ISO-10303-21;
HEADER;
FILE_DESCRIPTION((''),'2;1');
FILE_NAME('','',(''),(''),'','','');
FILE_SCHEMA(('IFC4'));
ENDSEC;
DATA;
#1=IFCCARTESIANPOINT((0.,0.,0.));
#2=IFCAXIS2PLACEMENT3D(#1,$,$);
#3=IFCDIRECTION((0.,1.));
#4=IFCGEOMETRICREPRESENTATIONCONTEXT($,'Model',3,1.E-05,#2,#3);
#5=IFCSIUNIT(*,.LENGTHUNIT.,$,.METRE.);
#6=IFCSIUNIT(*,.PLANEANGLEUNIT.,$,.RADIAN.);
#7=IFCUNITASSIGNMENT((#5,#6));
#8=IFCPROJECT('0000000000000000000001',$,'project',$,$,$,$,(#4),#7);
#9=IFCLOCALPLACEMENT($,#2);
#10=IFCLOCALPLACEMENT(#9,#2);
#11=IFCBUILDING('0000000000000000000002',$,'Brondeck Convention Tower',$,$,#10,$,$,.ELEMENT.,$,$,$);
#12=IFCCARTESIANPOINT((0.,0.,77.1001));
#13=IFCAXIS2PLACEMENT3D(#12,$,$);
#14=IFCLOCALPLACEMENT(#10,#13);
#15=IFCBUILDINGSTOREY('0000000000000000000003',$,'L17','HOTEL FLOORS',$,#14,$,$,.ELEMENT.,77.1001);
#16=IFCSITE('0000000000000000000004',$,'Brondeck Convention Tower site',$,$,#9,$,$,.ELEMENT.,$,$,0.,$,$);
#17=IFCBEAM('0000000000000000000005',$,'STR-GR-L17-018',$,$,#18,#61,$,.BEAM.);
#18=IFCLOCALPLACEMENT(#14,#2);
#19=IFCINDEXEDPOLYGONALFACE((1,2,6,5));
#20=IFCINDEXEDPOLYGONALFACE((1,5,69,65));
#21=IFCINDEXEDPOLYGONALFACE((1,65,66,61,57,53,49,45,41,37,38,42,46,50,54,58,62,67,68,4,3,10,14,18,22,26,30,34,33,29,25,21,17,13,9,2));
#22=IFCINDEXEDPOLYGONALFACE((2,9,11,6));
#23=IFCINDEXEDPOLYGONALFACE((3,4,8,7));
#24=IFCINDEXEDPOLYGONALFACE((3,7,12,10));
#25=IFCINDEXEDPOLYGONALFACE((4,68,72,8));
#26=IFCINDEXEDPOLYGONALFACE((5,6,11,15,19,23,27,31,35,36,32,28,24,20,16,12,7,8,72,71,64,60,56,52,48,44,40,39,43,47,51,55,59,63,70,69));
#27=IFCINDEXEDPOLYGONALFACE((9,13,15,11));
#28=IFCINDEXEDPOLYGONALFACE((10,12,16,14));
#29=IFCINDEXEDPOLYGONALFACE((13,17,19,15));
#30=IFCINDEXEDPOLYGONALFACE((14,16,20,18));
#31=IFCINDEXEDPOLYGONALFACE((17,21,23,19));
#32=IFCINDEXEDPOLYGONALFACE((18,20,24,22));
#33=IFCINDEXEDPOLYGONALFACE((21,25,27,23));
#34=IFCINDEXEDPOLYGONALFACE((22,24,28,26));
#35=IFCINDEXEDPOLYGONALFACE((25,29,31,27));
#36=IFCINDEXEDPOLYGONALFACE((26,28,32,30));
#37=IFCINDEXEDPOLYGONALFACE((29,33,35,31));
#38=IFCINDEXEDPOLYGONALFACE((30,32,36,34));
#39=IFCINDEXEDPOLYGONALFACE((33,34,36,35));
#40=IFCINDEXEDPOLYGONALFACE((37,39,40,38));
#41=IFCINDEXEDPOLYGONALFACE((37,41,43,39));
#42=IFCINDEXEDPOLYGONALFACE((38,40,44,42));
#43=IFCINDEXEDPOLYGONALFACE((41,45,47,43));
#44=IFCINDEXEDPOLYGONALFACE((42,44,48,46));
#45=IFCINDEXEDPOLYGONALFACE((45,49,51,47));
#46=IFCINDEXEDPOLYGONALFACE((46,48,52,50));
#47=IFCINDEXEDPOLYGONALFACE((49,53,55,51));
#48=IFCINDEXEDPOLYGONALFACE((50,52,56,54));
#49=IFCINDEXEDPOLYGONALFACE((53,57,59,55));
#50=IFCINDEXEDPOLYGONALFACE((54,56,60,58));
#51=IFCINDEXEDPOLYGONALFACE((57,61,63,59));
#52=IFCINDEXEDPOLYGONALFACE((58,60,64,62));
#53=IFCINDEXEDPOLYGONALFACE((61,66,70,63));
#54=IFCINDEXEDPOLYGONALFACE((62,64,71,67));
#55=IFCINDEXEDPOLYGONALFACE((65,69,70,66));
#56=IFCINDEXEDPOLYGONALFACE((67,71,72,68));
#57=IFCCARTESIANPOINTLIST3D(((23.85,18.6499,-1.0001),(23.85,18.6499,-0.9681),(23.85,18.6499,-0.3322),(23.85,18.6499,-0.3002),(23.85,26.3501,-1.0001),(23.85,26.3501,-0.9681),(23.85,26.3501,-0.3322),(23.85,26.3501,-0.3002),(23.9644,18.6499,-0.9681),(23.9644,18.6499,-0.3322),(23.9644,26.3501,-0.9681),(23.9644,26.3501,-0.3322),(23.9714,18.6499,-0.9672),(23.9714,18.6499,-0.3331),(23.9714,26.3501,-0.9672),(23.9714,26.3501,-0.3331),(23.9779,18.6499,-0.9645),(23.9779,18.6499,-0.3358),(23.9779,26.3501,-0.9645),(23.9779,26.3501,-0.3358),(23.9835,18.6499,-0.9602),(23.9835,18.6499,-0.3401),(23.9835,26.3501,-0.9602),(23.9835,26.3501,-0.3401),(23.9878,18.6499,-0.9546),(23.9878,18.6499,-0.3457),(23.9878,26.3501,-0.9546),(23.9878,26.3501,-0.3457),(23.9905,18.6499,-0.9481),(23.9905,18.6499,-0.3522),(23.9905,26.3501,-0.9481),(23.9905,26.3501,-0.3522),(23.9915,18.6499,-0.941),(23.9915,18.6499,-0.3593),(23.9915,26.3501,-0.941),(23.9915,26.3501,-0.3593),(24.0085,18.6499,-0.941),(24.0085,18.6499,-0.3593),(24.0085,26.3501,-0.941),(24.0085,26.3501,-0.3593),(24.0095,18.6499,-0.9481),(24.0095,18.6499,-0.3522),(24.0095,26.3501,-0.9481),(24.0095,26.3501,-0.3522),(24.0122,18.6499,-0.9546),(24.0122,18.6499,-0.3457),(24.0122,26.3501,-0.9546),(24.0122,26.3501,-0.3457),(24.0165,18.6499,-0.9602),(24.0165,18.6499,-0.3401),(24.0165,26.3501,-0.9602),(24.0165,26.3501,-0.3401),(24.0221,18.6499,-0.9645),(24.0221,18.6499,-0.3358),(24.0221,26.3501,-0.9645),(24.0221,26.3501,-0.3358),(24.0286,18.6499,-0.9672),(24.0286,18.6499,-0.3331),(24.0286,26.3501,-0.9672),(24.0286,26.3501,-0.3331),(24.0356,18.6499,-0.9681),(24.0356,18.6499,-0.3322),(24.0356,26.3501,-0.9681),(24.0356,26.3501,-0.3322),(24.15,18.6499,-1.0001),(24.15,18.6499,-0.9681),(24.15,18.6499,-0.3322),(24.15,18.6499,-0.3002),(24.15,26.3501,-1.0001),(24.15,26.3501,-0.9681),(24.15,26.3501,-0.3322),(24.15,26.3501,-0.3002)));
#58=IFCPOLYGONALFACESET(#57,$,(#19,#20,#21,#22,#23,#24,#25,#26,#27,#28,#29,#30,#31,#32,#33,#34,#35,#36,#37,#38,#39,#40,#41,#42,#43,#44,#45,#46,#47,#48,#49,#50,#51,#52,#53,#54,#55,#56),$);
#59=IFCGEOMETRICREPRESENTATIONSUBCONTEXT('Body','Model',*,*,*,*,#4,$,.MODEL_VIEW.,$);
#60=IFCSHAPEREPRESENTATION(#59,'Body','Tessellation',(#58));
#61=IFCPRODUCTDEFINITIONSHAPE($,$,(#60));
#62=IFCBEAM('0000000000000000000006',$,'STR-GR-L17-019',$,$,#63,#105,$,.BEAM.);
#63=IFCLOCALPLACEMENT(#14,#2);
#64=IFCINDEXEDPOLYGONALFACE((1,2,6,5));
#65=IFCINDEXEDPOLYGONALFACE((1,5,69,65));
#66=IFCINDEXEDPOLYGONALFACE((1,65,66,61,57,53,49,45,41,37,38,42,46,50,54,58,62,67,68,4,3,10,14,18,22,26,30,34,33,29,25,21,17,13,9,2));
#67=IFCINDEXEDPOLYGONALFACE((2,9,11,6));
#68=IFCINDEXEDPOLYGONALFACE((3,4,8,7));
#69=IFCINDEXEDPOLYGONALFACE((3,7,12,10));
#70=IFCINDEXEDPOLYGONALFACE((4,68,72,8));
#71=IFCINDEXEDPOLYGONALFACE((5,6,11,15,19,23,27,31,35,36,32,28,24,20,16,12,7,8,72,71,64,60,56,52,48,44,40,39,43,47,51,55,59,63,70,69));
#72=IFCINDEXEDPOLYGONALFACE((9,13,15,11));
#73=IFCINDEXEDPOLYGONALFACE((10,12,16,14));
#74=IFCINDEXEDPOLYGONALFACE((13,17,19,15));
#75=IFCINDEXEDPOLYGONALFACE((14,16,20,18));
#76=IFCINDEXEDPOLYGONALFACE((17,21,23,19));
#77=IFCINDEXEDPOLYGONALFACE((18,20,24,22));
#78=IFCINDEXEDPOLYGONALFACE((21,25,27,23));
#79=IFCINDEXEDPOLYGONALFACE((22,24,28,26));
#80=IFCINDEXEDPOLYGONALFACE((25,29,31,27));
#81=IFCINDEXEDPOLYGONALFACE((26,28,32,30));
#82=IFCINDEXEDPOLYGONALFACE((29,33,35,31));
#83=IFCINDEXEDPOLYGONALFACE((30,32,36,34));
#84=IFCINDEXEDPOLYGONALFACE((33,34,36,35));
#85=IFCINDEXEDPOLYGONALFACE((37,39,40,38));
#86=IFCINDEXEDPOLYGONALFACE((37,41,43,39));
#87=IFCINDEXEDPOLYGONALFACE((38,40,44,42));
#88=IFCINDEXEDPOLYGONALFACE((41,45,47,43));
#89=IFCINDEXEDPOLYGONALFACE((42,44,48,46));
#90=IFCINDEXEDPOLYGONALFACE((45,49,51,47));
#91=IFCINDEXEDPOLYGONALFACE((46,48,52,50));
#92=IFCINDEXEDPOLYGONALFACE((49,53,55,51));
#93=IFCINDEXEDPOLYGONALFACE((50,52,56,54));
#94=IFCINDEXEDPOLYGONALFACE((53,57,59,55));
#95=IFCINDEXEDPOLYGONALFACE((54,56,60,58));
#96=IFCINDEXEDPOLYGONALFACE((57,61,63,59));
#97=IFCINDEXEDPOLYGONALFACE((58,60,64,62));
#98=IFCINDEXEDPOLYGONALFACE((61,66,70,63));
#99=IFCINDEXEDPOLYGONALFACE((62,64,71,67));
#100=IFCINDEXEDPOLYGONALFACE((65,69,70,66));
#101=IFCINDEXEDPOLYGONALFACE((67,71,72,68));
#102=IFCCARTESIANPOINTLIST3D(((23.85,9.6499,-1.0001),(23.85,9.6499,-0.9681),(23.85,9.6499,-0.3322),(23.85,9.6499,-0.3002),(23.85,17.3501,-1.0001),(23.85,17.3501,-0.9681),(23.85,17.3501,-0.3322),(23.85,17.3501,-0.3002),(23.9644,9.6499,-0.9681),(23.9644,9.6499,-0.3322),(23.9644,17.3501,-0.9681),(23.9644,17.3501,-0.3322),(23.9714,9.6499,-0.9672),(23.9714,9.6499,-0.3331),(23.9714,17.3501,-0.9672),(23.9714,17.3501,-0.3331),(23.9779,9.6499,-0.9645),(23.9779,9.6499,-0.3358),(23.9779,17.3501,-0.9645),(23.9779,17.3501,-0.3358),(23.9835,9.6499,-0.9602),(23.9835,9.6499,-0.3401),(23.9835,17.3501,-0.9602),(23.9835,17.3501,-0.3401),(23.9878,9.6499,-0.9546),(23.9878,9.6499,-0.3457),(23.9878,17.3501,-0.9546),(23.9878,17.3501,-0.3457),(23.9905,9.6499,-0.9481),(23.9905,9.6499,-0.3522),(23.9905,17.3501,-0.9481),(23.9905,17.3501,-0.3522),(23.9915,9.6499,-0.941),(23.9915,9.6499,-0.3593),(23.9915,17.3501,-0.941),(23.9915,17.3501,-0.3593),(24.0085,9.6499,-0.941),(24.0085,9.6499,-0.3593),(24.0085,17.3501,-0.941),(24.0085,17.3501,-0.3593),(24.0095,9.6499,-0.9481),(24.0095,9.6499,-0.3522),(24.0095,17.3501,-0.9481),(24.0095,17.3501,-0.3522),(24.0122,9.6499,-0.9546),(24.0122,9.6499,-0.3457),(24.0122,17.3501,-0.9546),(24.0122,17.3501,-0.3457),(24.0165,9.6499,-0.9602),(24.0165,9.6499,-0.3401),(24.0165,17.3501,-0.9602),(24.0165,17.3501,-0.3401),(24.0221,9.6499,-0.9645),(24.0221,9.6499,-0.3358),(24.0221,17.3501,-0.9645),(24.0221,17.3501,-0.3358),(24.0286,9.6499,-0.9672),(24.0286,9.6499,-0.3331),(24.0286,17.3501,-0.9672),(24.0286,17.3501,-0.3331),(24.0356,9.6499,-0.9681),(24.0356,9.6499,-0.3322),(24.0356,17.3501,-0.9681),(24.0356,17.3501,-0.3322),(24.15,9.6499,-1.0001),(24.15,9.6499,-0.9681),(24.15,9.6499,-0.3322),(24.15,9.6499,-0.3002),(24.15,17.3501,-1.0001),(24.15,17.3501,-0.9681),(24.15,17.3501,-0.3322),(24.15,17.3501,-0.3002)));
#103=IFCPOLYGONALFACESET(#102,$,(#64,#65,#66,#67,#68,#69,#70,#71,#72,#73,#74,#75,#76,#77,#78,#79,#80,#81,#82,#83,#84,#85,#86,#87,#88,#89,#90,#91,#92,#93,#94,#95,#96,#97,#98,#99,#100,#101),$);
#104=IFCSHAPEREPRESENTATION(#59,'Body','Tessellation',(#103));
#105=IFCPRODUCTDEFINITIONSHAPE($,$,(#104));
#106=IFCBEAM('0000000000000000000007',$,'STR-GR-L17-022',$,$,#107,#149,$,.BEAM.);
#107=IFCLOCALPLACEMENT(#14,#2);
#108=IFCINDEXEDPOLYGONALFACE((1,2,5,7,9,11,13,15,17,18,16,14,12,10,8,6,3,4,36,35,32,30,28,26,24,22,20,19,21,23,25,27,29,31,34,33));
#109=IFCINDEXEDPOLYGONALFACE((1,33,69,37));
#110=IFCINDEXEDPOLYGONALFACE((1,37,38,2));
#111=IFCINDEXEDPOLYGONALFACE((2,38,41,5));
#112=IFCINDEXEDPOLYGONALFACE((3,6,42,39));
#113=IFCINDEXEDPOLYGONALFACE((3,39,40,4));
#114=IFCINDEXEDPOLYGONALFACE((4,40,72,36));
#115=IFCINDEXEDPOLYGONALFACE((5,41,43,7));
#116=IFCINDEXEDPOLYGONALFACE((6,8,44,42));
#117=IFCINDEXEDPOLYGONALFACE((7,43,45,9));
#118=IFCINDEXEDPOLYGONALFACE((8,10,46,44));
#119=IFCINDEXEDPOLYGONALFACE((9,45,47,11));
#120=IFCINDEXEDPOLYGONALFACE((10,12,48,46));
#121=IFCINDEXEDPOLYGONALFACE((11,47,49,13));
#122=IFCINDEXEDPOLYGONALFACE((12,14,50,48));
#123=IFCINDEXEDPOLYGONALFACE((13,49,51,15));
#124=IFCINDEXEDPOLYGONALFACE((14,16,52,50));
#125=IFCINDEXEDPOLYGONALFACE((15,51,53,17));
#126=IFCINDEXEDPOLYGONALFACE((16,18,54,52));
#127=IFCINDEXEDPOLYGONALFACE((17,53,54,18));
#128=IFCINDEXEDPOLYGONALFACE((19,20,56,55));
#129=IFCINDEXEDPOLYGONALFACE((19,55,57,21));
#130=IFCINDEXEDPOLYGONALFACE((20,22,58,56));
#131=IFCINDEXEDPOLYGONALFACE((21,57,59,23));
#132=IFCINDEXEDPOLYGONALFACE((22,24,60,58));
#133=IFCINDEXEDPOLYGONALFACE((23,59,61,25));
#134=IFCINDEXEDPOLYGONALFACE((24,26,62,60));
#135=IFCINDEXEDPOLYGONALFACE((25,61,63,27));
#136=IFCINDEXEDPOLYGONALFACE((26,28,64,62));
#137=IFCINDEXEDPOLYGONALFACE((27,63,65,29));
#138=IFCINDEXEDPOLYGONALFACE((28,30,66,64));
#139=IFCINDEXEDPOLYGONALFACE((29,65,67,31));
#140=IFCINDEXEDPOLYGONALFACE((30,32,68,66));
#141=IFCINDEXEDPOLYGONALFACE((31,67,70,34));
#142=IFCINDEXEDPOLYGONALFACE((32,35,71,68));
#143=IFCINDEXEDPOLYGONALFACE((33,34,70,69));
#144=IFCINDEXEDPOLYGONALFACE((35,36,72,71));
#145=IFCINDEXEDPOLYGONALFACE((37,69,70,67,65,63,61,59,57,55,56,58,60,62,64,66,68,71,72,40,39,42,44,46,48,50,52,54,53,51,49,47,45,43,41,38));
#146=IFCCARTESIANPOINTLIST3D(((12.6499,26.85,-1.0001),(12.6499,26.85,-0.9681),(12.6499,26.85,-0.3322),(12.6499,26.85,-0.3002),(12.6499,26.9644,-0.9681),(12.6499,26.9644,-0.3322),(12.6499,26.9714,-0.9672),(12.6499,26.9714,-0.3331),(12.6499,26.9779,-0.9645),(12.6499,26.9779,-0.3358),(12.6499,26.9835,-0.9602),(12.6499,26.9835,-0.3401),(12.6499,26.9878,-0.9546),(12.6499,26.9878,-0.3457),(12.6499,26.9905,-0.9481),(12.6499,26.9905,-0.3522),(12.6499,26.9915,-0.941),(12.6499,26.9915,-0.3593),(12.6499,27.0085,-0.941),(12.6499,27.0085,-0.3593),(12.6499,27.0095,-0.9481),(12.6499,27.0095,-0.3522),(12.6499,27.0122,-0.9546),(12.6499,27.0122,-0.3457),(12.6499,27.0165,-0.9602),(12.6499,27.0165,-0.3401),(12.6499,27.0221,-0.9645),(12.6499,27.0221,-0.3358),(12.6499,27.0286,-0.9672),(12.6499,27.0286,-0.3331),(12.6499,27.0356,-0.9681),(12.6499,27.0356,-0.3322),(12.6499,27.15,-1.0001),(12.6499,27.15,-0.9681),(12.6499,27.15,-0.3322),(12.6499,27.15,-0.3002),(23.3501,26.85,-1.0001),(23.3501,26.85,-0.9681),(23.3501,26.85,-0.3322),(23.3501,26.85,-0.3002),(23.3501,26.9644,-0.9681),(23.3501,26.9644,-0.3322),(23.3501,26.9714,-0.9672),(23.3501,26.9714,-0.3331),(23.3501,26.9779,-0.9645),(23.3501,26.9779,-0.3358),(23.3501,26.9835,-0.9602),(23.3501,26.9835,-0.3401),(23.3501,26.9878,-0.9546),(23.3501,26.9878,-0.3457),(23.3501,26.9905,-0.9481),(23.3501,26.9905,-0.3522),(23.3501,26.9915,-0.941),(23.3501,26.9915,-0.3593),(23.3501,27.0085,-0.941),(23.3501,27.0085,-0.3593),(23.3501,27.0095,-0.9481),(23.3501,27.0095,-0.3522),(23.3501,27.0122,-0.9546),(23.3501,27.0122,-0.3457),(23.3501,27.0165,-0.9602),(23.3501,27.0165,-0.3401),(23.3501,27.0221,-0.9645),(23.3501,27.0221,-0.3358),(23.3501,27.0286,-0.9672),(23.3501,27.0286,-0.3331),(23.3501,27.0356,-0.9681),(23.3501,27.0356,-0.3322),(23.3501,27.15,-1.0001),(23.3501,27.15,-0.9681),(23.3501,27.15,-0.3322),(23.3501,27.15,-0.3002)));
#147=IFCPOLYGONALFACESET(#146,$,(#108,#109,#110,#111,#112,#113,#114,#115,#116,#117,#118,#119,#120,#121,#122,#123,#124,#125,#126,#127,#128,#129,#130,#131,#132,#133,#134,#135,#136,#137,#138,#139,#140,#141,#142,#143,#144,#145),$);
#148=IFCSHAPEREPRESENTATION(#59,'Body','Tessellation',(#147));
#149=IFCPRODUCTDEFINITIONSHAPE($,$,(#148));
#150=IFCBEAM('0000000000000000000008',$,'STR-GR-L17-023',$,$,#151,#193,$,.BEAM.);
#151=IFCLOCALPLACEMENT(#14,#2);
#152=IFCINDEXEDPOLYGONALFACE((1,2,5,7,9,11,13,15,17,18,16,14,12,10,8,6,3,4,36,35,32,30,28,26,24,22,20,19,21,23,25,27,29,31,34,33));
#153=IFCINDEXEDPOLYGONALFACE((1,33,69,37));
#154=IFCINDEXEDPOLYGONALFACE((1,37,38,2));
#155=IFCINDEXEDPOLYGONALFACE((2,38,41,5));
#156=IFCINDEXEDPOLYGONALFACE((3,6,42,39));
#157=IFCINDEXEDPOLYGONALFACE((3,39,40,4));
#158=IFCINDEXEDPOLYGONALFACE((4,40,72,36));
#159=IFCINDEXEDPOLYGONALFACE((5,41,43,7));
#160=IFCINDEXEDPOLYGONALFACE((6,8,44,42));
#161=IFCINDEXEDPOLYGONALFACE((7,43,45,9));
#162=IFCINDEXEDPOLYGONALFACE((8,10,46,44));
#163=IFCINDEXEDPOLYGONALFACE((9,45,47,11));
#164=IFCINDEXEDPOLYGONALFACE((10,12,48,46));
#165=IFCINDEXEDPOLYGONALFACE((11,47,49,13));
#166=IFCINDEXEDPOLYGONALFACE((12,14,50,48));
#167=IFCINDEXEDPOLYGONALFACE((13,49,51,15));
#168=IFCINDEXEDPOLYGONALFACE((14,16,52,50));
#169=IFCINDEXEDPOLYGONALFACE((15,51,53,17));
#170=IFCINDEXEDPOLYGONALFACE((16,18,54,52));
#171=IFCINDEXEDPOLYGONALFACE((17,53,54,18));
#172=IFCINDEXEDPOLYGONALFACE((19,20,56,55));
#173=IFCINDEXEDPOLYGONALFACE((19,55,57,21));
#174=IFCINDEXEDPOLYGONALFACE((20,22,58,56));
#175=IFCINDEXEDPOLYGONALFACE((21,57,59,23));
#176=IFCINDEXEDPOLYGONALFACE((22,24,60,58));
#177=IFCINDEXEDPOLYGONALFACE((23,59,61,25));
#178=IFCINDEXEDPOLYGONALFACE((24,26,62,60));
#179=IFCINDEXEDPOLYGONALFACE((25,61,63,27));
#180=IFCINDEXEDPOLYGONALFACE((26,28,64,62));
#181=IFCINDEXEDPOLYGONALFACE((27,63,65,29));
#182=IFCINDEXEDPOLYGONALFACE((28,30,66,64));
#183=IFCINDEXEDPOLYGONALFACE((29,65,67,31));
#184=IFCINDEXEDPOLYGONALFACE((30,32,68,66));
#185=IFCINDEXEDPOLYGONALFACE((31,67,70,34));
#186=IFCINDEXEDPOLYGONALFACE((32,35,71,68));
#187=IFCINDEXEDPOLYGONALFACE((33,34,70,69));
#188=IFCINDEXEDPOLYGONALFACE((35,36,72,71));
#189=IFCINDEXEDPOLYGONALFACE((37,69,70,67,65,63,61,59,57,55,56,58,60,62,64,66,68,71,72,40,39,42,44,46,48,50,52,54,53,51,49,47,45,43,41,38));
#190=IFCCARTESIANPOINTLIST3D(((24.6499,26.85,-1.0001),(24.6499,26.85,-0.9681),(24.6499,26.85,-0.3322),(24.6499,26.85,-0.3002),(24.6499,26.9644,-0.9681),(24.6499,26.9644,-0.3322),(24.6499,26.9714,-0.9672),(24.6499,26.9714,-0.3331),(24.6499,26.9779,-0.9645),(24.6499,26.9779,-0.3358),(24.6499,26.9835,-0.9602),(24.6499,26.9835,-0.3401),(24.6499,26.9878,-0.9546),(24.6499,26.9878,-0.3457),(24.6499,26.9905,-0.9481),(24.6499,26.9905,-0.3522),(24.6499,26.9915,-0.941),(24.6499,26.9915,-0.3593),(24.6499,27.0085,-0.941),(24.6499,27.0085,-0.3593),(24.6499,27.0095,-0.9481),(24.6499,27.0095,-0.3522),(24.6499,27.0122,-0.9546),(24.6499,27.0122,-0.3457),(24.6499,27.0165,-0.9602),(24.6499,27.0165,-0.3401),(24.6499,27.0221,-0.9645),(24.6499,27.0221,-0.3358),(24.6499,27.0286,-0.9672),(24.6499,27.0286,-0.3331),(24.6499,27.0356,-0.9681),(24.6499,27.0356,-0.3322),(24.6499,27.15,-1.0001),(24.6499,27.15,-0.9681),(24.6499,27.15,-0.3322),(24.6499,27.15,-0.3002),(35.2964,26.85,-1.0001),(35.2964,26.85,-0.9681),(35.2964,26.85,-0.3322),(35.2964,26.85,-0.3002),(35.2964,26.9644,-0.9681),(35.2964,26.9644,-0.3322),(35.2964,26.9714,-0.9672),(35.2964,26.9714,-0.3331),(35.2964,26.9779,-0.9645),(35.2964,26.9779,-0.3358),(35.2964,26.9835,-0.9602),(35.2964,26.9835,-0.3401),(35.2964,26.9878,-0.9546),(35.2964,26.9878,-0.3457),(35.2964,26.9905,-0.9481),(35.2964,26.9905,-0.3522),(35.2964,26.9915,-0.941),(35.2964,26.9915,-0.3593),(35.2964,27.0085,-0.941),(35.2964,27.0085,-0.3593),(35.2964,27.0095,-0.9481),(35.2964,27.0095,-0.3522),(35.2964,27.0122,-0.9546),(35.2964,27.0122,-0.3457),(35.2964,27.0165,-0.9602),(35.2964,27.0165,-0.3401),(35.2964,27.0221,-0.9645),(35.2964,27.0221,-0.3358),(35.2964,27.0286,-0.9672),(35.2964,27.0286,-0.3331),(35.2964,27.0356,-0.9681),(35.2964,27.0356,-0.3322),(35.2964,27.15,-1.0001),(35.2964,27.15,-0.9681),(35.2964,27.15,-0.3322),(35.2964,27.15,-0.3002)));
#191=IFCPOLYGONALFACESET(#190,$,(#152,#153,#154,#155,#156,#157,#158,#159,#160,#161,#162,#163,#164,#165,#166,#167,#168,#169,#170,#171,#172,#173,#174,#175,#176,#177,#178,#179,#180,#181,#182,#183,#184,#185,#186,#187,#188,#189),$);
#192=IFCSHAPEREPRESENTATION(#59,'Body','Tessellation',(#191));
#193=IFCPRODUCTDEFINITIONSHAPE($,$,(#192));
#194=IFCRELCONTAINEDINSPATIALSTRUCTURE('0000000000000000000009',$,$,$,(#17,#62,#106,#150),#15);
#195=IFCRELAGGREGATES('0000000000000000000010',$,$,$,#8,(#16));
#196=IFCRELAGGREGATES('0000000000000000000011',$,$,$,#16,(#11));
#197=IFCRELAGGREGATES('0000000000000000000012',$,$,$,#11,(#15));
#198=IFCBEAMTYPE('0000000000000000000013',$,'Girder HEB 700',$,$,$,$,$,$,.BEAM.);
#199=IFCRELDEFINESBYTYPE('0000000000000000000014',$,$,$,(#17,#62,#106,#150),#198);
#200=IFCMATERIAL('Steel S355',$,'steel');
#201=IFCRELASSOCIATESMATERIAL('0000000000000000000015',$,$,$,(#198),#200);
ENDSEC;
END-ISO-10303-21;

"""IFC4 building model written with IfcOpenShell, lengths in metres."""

from ifc_helpers import new_model, si_unit, direction, frame, origin, origin_2d, place, context, subcontext, project, spatial, i_section, extrude, material, material_profile, profile_set, type_object, element, save


model = new_model("IFC4")

# Units and contexts
model_context = context("Model", 3, precision=1e-05, world=origin(), true_north=direction((0.0, 1.0)))
body_context = subcontext(model_context, "Body", "Model", "MODEL_VIEW")
ifc_project = project(units=[si_unit("LENGTHUNIT", "METRE"), si_unit("PLANEANGLEUNIT", "RADIAN")], contexts=[model_context])

# Site, building, storey
site_placement = place(None, origin())
site = spatial("IfcSite", under=ifc_project, at=site_placement, Name="Brondeck Convention Tower site", CompositionType="ELEMENT", RefElevation=0.0)
building_placement = place(site_placement, origin())
building = spatial("IfcBuilding", under=site, at=building_placement, Name="Brondeck Convention Tower", CompositionType="ELEMENT")
storey_placement = place(building_placement, frame((0.0, 0.0, 77.1001)))
storey = spatial("IfcBuildingStorey", under=building, at=storey_placement, Name="L17", Description="HOTEL FLOORS", CompositionType="ELEMENT", Elevation=77.1001)

# Beams
ifc_material_1 = material(Name="Steel S355", Category="steel")
ifc_material_profile_1 = material_profile(ifc_material_1, i_section(OverallWidth=0.3, OverallDepth=0.7, WebThickness=0.0171, FlangeThickness=0.032, FilletRadius=0.0271, at=origin_2d()), Name="HEB 700")
ifc_profile_set_1 = profile_set([ifc_material_profile_1], Name="Steel S355")
beam_type_1 = type_object("IfcBeamType", Name="Girder HEB 700", PredefinedType="BEAM", material=ifc_profile_set_1)
for number, where, z_axis, x_axis, name in (
    (1, (24.0, 26.3501, -0.6501), (0.0, -1.0, 0.0), (1.0, 0.0, 0.0), "STR-GR-L17-018"),
    (2, (24.0, 17.3501, -0.6501), (0.0, -1.0, 0.0), (1.0, 0.0, 0.0), "STR-GR-L17-019"),
):
    element("IfcBeam", number, at=place(storey_placement, frame(where, z_axis=z_axis, x_axis=x_axis)), inside=storey, type_object=beam_type_1, Name=name, PredefinedType="BEAM", context=body_context, shape_type="SweptSolid", body=[
        extrude(i_section(OverallWidth=0.3, OverallDepth=0.7, WebThickness=0.0171, FlangeThickness=0.032, FilletRadius=0.0271, at=origin_2d()), origin(), (0.0, 0.0, 1.0), 7.7002),
    ])
beam_1_placement = place(storey_placement, frame((12.6499, 27.0, -0.6501), z_axis=(1.0, 0.0, 0.0), x_axis=(0.0, 1.0, 0.0)))
element("IfcBeam", 3, at=beam_1_placement, inside=storey, type_object=beam_type_1, Name="STR-GR-L17-022", PredefinedType="BEAM", context=body_context, shape_type="SweptSolid", body=[
    extrude(i_section(OverallWidth=0.3, OverallDepth=0.7, WebThickness=0.0171, FlangeThickness=0.032, FilletRadius=0.0271, at=origin_2d()), origin(), (0.0, 0.0, 1.0), 10.7002),
])
beam_2_placement = place(storey_placement, frame((24.6499, 27.0, -0.6501), z_axis=(1.0, 0.0, 0.0), x_axis=(0.0, 1.0, 0.0)))
element("IfcBeam", 4, at=beam_2_placement, inside=storey, type_object=beam_type_1, Name="STR-GR-L17-023", PredefinedType="BEAM", context=body_context, shape_type="SweptSolid", body=[
    extrude(i_section(OverallWidth=0.3, OverallDepth=0.7, WebThickness=0.0171, FlangeThickness=0.032, FilletRadius=0.0271, at=origin_2d()), origin(), (0.0, 0.0, 1.0), 10.6465),
])

save(model, "model.ifc")
